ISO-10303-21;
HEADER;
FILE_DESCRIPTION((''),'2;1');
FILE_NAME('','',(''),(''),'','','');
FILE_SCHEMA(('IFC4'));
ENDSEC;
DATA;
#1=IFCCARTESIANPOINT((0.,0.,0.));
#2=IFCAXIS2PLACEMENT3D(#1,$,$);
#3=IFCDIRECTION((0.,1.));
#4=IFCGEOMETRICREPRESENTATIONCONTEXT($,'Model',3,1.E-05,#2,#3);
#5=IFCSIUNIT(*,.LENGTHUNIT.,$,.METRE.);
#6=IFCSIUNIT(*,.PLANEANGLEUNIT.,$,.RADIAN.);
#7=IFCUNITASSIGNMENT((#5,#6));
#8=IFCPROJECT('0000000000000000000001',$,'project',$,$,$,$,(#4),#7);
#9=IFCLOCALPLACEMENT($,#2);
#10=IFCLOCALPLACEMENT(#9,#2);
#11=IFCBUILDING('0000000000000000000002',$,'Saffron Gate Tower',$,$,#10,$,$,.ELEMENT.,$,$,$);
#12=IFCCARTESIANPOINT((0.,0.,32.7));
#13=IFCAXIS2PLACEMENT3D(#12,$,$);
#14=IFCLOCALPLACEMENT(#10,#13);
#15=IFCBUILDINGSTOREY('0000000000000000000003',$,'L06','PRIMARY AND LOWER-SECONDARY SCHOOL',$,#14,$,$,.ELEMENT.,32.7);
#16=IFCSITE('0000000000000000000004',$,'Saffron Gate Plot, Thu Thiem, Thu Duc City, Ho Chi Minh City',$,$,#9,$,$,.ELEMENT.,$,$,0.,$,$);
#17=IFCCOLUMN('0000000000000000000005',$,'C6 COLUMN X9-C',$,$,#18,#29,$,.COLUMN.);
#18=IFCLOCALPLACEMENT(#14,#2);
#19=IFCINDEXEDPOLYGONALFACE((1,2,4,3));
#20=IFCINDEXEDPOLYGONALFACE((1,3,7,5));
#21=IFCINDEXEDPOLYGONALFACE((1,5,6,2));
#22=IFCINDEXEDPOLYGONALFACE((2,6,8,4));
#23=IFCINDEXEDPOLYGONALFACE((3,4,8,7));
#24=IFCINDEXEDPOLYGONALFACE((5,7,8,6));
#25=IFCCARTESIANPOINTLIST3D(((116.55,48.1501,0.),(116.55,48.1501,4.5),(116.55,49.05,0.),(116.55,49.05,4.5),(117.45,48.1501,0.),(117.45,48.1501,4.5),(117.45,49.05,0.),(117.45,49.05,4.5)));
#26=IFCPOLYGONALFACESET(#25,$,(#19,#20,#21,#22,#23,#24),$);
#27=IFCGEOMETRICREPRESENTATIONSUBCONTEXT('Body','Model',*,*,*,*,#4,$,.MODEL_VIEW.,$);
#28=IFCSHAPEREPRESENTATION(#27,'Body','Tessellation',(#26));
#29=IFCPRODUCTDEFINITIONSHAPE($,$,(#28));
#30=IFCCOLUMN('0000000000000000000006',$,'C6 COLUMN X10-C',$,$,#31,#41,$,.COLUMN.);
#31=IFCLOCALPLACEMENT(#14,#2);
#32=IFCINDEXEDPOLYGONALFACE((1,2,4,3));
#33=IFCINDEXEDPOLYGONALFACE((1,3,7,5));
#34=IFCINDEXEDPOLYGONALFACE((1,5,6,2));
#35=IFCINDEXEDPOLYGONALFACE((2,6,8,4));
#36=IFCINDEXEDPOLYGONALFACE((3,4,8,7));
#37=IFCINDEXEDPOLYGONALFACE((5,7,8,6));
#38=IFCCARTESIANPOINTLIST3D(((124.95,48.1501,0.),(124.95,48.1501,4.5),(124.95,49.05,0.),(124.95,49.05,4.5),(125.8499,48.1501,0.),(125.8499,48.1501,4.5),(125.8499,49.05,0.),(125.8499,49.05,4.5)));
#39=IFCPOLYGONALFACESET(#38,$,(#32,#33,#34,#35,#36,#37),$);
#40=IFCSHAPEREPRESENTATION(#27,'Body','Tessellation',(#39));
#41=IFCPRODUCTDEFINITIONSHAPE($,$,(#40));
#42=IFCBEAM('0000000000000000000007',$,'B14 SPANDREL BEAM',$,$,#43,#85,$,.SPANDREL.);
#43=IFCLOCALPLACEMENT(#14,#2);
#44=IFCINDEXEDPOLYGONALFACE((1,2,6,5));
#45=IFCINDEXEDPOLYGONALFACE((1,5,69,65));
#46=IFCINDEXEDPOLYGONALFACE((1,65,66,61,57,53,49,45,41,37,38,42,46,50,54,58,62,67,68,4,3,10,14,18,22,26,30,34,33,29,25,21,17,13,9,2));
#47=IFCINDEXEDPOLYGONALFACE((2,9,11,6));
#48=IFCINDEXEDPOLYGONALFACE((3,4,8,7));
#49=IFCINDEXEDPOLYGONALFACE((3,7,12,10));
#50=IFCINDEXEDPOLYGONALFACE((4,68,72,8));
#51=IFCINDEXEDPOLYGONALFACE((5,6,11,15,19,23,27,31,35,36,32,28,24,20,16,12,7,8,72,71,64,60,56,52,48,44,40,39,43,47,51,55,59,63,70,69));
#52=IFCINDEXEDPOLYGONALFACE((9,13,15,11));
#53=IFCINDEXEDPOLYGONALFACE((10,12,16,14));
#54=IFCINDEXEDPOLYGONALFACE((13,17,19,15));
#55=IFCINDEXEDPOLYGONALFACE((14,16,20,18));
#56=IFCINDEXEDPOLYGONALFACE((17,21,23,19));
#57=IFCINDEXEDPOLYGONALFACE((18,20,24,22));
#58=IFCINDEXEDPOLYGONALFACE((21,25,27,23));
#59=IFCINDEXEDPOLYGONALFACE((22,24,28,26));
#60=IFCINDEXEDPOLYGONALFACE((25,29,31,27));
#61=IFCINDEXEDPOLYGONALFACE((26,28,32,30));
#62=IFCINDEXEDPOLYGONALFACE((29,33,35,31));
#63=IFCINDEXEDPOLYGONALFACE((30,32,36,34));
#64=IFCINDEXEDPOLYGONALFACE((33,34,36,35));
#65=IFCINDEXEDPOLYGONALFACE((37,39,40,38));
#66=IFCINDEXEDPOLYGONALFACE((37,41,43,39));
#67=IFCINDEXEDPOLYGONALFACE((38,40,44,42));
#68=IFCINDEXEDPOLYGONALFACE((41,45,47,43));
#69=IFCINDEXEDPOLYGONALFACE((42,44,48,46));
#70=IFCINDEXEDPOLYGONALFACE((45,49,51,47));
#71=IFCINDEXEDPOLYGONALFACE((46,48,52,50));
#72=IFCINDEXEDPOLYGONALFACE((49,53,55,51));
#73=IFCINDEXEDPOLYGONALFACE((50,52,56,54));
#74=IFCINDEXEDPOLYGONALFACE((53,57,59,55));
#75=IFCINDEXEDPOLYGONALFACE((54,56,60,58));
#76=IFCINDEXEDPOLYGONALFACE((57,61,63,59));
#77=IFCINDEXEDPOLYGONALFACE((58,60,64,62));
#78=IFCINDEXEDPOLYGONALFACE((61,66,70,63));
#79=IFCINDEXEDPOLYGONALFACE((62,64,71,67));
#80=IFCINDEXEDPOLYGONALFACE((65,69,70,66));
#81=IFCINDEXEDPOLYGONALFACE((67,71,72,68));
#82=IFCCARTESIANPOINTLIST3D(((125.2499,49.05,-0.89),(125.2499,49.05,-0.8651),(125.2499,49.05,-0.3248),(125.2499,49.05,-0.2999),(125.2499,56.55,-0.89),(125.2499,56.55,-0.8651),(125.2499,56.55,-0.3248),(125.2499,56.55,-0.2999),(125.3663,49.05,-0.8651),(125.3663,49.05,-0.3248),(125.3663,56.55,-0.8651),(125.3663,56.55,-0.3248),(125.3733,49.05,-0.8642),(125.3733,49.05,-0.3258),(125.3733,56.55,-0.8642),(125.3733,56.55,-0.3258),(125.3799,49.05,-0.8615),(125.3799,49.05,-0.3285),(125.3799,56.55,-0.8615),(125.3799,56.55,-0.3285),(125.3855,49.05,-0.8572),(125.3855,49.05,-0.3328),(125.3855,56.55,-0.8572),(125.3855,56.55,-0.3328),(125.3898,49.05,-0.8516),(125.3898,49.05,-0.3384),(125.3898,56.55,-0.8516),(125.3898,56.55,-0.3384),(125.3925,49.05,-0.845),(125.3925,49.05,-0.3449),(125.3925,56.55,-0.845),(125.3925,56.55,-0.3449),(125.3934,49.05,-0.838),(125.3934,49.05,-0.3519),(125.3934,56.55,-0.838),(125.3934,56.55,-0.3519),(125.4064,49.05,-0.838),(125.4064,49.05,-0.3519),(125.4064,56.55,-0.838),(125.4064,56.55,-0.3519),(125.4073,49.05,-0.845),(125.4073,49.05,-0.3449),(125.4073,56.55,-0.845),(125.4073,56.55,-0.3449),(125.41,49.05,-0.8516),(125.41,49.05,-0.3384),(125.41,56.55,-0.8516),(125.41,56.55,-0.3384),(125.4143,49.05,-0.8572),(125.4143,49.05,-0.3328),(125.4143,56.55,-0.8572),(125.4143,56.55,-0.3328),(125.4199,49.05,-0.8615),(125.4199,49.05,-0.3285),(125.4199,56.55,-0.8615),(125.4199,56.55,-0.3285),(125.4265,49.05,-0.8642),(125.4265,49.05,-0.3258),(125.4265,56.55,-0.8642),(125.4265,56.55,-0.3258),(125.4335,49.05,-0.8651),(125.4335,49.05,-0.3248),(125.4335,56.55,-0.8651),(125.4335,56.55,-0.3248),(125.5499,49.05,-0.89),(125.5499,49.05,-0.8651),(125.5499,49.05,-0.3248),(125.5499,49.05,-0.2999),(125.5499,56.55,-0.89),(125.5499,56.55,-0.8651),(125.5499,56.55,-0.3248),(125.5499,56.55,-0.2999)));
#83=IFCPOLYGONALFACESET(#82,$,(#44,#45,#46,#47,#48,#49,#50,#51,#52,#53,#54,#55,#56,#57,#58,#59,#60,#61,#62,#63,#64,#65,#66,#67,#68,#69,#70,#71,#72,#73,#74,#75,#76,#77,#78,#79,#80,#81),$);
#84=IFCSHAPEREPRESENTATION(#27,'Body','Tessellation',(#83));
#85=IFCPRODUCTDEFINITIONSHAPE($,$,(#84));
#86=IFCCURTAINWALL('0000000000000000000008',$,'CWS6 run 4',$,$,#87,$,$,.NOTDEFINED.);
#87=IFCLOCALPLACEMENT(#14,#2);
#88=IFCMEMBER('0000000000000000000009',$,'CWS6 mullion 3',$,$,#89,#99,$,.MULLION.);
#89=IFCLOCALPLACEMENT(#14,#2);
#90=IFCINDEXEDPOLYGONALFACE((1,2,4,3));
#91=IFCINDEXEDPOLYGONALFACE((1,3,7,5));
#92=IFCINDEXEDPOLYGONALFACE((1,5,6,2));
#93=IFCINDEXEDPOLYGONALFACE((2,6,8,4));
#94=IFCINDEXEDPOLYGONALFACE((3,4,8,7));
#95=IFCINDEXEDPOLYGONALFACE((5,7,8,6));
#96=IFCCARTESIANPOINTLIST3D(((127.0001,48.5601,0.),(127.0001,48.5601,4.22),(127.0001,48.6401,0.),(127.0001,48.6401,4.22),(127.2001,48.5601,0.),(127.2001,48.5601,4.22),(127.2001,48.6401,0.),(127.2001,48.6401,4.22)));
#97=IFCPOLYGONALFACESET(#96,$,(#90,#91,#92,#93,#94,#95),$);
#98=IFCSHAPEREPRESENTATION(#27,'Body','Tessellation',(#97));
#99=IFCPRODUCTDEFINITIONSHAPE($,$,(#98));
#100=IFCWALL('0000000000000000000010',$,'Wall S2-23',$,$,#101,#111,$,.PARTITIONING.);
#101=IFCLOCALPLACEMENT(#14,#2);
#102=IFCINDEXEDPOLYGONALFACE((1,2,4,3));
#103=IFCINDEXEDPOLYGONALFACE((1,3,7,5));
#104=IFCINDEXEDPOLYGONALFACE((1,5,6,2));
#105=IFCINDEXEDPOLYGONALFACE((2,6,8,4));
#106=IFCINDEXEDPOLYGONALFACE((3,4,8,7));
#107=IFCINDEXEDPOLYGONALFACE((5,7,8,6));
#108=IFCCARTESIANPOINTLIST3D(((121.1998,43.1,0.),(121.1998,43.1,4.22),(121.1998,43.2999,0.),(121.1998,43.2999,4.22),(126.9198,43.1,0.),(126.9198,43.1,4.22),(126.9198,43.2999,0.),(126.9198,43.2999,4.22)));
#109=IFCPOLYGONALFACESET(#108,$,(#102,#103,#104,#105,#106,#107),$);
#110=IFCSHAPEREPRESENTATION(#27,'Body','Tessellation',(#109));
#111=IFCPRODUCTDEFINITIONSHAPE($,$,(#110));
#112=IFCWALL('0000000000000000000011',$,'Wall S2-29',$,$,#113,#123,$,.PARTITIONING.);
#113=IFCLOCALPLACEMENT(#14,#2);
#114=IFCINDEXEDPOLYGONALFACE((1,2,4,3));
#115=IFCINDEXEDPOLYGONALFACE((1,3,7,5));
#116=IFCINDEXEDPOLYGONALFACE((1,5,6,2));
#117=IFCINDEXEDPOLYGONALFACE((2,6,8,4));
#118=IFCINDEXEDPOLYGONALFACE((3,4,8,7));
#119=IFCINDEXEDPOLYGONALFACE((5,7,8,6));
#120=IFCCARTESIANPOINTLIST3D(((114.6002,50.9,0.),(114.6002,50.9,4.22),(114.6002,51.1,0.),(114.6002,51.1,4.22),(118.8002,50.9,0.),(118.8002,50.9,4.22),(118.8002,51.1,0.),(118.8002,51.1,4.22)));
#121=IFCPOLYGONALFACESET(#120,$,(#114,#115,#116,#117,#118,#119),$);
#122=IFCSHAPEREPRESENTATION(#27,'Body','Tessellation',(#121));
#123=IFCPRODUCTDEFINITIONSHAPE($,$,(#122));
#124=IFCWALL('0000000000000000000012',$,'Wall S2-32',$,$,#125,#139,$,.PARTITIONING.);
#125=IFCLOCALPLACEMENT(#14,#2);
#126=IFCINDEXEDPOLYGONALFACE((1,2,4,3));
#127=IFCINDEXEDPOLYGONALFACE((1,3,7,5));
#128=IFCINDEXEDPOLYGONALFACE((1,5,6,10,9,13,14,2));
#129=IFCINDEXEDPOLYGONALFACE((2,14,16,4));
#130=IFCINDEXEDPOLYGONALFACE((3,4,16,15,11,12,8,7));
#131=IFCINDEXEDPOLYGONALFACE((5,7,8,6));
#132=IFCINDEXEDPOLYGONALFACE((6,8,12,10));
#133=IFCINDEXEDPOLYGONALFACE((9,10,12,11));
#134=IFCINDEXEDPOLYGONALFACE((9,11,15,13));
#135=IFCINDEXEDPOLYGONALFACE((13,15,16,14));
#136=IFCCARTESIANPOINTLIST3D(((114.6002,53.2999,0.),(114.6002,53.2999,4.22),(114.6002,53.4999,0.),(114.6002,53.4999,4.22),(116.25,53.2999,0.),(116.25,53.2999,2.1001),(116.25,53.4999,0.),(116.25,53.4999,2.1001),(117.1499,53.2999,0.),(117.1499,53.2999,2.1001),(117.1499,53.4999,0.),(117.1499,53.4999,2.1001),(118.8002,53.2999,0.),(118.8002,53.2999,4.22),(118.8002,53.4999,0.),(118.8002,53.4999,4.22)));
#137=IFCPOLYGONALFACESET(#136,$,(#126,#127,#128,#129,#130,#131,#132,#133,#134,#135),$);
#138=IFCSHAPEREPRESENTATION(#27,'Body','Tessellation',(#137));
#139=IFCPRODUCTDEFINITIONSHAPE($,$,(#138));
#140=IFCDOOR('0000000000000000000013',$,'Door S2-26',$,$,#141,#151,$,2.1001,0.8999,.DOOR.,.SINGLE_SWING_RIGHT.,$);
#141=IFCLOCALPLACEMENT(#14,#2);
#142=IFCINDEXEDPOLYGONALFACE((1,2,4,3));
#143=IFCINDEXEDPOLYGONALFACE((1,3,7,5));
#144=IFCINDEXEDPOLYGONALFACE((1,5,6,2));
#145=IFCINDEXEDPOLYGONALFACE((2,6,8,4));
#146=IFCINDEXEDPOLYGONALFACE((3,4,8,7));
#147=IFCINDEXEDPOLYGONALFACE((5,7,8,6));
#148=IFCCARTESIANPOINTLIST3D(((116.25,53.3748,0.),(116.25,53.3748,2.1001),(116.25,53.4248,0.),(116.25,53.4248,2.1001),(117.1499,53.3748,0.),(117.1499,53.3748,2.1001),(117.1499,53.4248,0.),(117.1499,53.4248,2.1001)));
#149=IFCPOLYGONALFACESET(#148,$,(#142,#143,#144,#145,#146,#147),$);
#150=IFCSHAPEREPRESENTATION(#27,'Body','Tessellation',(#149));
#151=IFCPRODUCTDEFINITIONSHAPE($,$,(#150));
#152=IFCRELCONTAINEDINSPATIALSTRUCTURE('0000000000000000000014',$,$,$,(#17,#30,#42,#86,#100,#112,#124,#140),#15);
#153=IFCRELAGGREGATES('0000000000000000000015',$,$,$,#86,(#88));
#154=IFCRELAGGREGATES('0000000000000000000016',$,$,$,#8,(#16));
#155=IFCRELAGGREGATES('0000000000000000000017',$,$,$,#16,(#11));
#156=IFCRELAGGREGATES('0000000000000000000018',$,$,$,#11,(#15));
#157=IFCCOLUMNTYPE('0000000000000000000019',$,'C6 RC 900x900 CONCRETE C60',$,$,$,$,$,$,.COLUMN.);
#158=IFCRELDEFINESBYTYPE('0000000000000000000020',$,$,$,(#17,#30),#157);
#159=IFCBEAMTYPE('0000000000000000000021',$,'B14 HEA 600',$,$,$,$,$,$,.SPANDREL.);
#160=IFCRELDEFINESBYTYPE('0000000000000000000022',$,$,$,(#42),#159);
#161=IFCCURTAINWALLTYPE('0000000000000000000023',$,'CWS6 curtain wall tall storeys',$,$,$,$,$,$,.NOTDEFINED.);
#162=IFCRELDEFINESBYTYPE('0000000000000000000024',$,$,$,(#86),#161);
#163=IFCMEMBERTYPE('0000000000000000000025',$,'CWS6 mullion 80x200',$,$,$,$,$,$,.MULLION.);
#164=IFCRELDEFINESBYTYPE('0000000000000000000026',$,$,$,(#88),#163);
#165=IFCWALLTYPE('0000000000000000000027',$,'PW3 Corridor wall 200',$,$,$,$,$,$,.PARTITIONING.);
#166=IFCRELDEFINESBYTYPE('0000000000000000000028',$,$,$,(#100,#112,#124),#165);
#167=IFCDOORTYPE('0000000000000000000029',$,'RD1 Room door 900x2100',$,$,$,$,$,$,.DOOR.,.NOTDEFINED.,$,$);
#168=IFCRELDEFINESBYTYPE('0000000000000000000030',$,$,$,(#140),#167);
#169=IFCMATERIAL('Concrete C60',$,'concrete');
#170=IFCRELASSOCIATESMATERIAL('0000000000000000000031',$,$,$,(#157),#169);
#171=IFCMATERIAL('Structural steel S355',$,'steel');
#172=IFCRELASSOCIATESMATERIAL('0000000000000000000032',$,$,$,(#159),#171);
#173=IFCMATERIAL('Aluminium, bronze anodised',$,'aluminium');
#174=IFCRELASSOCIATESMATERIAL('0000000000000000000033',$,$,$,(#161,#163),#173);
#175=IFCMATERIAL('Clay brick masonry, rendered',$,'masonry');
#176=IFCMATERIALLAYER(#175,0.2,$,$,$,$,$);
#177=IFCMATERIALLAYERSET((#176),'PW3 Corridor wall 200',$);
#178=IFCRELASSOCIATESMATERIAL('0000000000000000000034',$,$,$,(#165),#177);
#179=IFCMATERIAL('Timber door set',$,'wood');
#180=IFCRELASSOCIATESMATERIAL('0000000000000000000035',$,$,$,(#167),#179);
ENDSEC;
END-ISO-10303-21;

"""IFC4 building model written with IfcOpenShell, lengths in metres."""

from ifc_helpers import new_model, si_unit, direction, frame, frame_2d, origin, origin_2d, place, context, subcontext, project, spatial, rectangle, i_section, extrude, material, layer, layer_set, material_profile, profile_set, type_object, element, fill, aggregate, save


model = new_model("IFC4")

# Units and contexts
model_context = context("Model", 3, precision=1e-05, world=origin(), true_north=direction((0.0, 1.0)))
body_context = subcontext(model_context, "Body", "Model", "MODEL_VIEW")
ifc_project = project(units=[si_unit("LENGTHUNIT", "METRE"), si_unit("PLANEANGLEUNIT", "RADIAN")], contexts=[model_context])

# Site, building, storey
site_placement = place(None, origin())
site = spatial("IfcSite", under=ifc_project, at=site_placement, Name="Saffron Gate Plot, Thu Thiem, Thu Duc City, Ho Chi Minh City", CompositionType="ELEMENT", RefElevation=0.0)
building_placement = place(site_placement, origin())
building = spatial("IfcBuilding", under=site, at=building_placement, Name="Saffron Gate Tower", CompositionType="ELEMENT")
storey_placement = place(building_placement, frame((0.0, 0.0, 32.7)))
storey = spatial("IfcBuildingStorey", under=building, at=storey_placement, Name="L06", Description="PRIMARY AND LOWER-SECONDARY SCHOOL", CompositionType="ELEMENT", Elevation=32.7)

# Columns
ifc_material_1 = material(Name="Concrete C60", Category="concrete")
ifc_material_profile_1 = material_profile(ifc_material_1, rectangle(XDim=0.8999, YDim=0.8999, at=origin_2d()))
ifc_profile_set_1 = profile_set([ifc_material_profile_1], Name="Concrete C60")
column_type = type_object("IfcColumnType", Name="C6 RC 900x900 CONCRETE C60", PredefinedType="COLUMN", material=ifc_profile_set_1)
for number, where, z_axis, x_axis, name in (
    (1, (117.0, 48.6001, 0.0), (0.0, 0.0, 1.0), (1.0, 0.0, 0.0), "C6 COLUMN X9-C"),
    (2, (125.3999, 48.6001, 0.0), (0.0, 0.0, 1.0), (1.0, 0.0, 0.0), "C6 COLUMN X10-C"),
):
    element("IfcColumn", number, at=place(storey_placement, frame(where, z_axis=z_axis, x_axis=x_axis)), inside=storey, type_object=column_type, Name=name, PredefinedType="COLUMN", context=body_context, shape_type="SweptSolid", body=[
        extrude(rectangle(XDim=0.8999, YDim=0.8999, at=origin_2d()), origin(), (0.0, 0.0, 1.0), 4.5),
    ])

# Beam
ifc_material_2 = material(Name="Structural steel S355", Category="steel")
ifc_material_profile_2 = material_profile(ifc_material_2, i_section(OverallWidth=0.3, OverallDepth=0.5901, WebThickness=0.0129, FlangeThickness=0.0249, FilletRadius=0.0271, at=origin_2d()))
ifc_profile_set_2 = profile_set([ifc_material_profile_2], Name="Structural steel S355")
beam_type = type_object("IfcBeamType", Name="B14 HEA 600", PredefinedType="SPANDREL", material=ifc_profile_set_2)
beam_placement = place(storey_placement, frame((125.3999, 49.05, -0.595), z_axis=(0.0, 1.0, 0.0), x_axis=(-1.0, 0.0, 0.0)))
element("IfcBeam", 3, at=beam_placement, inside=storey, type_object=beam_type, Name="B14 SPANDREL BEAM", PredefinedType="SPANDREL", context=body_context, shape_type="SweptSolid", body=[
    extrude(i_section(OverallWidth=0.3, OverallDepth=0.5901, WebThickness=0.0129, FlangeThickness=0.0249, FilletRadius=0.0271, at=origin_2d()), origin(), (0.0, 0.0, 1.0), 7.5),
])

# Curtain wall, member
ifc_material_3 = material(Name="Aluminium, bronze anodised", Category="aluminium")
curtain_wall_type = type_object("IfcCurtainWallType", Name="CWS6 curtain wall tall storeys", PredefinedType="NOTDEFINED", material=ifc_material_3)
curtain_wall_placement = place(storey_placement, origin())
curtain_wall = element("IfcCurtainWall", 4, at=curtain_wall_placement, inside=storey, type_object=curtain_wall_type, Name="CWS6 run 4", PredefinedType="NOTDEFINED")
ifc_material_profile_3 = material_profile(ifc_material_3, rectangle(XDim=0.2, YDim=0.0801, at=origin_2d()))
ifc_profile_set_3 = profile_set([ifc_material_profile_3], Name="Aluminium, bronze anodised")
member_type = type_object("IfcMemberType", Name="CWS6 mullion 80x200", PredefinedType="MULLION", material=ifc_profile_set_3)
member_placement = place(storey_placement, frame((127.1001, 48.6001, 0.0), z_axis=(0.0, 0.0, 1.0), x_axis=(-1.0, 0.0, 0.0)))
member = element("IfcMember", 5, at=member_placement, type_object=member_type, Name="CWS6 mullion 3", PredefinedType="MULLION", context=body_context, shape_type="SweptSolid", body=[
    extrude(rectangle(XDim=0.2, YDim=0.0801, at=origin_2d()), origin(), (0.0, 0.0, 1.0), 4.22),
])
aggregate(curtain_wall, [member])

# Walls
ifc_material_4 = material(Name="Clay brick masonry, rendered", Category="masonry")
ifc_layer_1 = layer(ifc_material_4, 0.2)
ifc_layer_set_1 = layer_set([ifc_layer_1], Name="PW3 Corridor wall 200")
wall_type_1 = type_object("IfcWallType", Name="PW3 Corridor wall 200", PredefinedType="PARTITIONING", material=ifc_layer_set_1)
wall_1_placement = place(storey_placement, frame((121.2, 43.2, 0.0), z_axis=(0.0, 0.0, 1.0), x_axis=(1.0, 0.0, 0.0)))
element("IfcWall", 6, at=wall_1_placement, inside=storey, type_object=wall_type_1, Name="Wall S2-23", PredefinedType="PARTITIONING", context=body_context, shape_type="SweptSolid", body=[
    extrude(rectangle(XDim=5.72, YDim=0.2, at=frame_2d((2.8599, 0.0))), origin(), (0.0, 0.0, 1.0), 4.22),
])
wall_2_placement = place(storey_placement, frame((114.6001, 51.0, 0.0), z_axis=(0.0, 0.0, 1.0), x_axis=(1.0, 0.0, 0.0)))
element("IfcWall", 7, at=wall_2_placement, inside=storey, type_object=wall_type_1, Name="Wall S2-29", PredefinedType="PARTITIONING", context=body_context, shape_type="SweptSolid", body=[
    extrude(rectangle(XDim=4.2, YDim=0.2, at=frame_2d((2.1001, 0.0))), origin(), (0.0, 0.0, 1.0), 4.22),
])

# Wall, opening, door
wall_3_placement = place(storey_placement, frame((114.6001, 53.3999, 0.0), z_axis=(0.0, 0.0, 1.0), x_axis=(1.0, 0.0, 0.0)))
wall_3 = element("IfcWall", 8, at=wall_3_placement, inside=storey, type_object=wall_type_1, Name="Wall S2-32", PredefinedType="PARTITIONING", context=body_context, shape_type="SweptSolid", body=[
    extrude(rectangle(XDim=4.2, YDim=0.2, at=frame_2d((2.1001, 0.0))), origin(), (0.0, 0.0, 1.0), 4.22),
])
opening_1_placement = place(wall_3_placement, frame((1.6499, 0.0, 0.0)))
opening_1 = element("IfcOpeningElement", 9, at=opening_1_placement, cuts=wall_3, PredefinedType="OPENING", context=body_context, shape_type="SweptSolid", body=[
    extrude(rectangle(XDim=0.8999, YDim=2.1001, at=frame_2d((0.45, 1.05))), frame((0.0, 0.1099, 0.0), z_axis=(0.0, -1.0, 0.0), x_axis=(1.0, 0.0, 0.0)), (0.0, 0.0, 1.0), 0.22),
])
ifc_material_5 = material(Name="Timber door set", Category="wood")
door_type = type_object("IfcDoorType", Name="RD1 Room door 900x2100", OperationType="NOTDEFINED", PredefinedType="DOOR", material=ifc_material_5)
door_1_placement = place(opening_1_placement, origin())
door_1 = element("IfcDoor", 10, at=door_1_placement, inside=storey, type_object=door_type, Name="Door S2-26", OperationType="SINGLE_SWING_RIGHT", OverallHeight=2.1001, OverallWidth=0.8999, PredefinedType="DOOR", context=body_context, shape_type="SweptSolid", body=[
    extrude(rectangle(XDim=0.8999, YDim=2.1001, at=frame_2d((0.45, 1.05))), frame((0.0, 0.0249, 0.0), z_axis=(0.0, -1.0, 0.0), x_axis=(1.0, 0.0, 0.0)), (0.0, 0.0, 1.0), 0.05),
])
fill(opening_1, door_1)

save(model, "model.ifc")
